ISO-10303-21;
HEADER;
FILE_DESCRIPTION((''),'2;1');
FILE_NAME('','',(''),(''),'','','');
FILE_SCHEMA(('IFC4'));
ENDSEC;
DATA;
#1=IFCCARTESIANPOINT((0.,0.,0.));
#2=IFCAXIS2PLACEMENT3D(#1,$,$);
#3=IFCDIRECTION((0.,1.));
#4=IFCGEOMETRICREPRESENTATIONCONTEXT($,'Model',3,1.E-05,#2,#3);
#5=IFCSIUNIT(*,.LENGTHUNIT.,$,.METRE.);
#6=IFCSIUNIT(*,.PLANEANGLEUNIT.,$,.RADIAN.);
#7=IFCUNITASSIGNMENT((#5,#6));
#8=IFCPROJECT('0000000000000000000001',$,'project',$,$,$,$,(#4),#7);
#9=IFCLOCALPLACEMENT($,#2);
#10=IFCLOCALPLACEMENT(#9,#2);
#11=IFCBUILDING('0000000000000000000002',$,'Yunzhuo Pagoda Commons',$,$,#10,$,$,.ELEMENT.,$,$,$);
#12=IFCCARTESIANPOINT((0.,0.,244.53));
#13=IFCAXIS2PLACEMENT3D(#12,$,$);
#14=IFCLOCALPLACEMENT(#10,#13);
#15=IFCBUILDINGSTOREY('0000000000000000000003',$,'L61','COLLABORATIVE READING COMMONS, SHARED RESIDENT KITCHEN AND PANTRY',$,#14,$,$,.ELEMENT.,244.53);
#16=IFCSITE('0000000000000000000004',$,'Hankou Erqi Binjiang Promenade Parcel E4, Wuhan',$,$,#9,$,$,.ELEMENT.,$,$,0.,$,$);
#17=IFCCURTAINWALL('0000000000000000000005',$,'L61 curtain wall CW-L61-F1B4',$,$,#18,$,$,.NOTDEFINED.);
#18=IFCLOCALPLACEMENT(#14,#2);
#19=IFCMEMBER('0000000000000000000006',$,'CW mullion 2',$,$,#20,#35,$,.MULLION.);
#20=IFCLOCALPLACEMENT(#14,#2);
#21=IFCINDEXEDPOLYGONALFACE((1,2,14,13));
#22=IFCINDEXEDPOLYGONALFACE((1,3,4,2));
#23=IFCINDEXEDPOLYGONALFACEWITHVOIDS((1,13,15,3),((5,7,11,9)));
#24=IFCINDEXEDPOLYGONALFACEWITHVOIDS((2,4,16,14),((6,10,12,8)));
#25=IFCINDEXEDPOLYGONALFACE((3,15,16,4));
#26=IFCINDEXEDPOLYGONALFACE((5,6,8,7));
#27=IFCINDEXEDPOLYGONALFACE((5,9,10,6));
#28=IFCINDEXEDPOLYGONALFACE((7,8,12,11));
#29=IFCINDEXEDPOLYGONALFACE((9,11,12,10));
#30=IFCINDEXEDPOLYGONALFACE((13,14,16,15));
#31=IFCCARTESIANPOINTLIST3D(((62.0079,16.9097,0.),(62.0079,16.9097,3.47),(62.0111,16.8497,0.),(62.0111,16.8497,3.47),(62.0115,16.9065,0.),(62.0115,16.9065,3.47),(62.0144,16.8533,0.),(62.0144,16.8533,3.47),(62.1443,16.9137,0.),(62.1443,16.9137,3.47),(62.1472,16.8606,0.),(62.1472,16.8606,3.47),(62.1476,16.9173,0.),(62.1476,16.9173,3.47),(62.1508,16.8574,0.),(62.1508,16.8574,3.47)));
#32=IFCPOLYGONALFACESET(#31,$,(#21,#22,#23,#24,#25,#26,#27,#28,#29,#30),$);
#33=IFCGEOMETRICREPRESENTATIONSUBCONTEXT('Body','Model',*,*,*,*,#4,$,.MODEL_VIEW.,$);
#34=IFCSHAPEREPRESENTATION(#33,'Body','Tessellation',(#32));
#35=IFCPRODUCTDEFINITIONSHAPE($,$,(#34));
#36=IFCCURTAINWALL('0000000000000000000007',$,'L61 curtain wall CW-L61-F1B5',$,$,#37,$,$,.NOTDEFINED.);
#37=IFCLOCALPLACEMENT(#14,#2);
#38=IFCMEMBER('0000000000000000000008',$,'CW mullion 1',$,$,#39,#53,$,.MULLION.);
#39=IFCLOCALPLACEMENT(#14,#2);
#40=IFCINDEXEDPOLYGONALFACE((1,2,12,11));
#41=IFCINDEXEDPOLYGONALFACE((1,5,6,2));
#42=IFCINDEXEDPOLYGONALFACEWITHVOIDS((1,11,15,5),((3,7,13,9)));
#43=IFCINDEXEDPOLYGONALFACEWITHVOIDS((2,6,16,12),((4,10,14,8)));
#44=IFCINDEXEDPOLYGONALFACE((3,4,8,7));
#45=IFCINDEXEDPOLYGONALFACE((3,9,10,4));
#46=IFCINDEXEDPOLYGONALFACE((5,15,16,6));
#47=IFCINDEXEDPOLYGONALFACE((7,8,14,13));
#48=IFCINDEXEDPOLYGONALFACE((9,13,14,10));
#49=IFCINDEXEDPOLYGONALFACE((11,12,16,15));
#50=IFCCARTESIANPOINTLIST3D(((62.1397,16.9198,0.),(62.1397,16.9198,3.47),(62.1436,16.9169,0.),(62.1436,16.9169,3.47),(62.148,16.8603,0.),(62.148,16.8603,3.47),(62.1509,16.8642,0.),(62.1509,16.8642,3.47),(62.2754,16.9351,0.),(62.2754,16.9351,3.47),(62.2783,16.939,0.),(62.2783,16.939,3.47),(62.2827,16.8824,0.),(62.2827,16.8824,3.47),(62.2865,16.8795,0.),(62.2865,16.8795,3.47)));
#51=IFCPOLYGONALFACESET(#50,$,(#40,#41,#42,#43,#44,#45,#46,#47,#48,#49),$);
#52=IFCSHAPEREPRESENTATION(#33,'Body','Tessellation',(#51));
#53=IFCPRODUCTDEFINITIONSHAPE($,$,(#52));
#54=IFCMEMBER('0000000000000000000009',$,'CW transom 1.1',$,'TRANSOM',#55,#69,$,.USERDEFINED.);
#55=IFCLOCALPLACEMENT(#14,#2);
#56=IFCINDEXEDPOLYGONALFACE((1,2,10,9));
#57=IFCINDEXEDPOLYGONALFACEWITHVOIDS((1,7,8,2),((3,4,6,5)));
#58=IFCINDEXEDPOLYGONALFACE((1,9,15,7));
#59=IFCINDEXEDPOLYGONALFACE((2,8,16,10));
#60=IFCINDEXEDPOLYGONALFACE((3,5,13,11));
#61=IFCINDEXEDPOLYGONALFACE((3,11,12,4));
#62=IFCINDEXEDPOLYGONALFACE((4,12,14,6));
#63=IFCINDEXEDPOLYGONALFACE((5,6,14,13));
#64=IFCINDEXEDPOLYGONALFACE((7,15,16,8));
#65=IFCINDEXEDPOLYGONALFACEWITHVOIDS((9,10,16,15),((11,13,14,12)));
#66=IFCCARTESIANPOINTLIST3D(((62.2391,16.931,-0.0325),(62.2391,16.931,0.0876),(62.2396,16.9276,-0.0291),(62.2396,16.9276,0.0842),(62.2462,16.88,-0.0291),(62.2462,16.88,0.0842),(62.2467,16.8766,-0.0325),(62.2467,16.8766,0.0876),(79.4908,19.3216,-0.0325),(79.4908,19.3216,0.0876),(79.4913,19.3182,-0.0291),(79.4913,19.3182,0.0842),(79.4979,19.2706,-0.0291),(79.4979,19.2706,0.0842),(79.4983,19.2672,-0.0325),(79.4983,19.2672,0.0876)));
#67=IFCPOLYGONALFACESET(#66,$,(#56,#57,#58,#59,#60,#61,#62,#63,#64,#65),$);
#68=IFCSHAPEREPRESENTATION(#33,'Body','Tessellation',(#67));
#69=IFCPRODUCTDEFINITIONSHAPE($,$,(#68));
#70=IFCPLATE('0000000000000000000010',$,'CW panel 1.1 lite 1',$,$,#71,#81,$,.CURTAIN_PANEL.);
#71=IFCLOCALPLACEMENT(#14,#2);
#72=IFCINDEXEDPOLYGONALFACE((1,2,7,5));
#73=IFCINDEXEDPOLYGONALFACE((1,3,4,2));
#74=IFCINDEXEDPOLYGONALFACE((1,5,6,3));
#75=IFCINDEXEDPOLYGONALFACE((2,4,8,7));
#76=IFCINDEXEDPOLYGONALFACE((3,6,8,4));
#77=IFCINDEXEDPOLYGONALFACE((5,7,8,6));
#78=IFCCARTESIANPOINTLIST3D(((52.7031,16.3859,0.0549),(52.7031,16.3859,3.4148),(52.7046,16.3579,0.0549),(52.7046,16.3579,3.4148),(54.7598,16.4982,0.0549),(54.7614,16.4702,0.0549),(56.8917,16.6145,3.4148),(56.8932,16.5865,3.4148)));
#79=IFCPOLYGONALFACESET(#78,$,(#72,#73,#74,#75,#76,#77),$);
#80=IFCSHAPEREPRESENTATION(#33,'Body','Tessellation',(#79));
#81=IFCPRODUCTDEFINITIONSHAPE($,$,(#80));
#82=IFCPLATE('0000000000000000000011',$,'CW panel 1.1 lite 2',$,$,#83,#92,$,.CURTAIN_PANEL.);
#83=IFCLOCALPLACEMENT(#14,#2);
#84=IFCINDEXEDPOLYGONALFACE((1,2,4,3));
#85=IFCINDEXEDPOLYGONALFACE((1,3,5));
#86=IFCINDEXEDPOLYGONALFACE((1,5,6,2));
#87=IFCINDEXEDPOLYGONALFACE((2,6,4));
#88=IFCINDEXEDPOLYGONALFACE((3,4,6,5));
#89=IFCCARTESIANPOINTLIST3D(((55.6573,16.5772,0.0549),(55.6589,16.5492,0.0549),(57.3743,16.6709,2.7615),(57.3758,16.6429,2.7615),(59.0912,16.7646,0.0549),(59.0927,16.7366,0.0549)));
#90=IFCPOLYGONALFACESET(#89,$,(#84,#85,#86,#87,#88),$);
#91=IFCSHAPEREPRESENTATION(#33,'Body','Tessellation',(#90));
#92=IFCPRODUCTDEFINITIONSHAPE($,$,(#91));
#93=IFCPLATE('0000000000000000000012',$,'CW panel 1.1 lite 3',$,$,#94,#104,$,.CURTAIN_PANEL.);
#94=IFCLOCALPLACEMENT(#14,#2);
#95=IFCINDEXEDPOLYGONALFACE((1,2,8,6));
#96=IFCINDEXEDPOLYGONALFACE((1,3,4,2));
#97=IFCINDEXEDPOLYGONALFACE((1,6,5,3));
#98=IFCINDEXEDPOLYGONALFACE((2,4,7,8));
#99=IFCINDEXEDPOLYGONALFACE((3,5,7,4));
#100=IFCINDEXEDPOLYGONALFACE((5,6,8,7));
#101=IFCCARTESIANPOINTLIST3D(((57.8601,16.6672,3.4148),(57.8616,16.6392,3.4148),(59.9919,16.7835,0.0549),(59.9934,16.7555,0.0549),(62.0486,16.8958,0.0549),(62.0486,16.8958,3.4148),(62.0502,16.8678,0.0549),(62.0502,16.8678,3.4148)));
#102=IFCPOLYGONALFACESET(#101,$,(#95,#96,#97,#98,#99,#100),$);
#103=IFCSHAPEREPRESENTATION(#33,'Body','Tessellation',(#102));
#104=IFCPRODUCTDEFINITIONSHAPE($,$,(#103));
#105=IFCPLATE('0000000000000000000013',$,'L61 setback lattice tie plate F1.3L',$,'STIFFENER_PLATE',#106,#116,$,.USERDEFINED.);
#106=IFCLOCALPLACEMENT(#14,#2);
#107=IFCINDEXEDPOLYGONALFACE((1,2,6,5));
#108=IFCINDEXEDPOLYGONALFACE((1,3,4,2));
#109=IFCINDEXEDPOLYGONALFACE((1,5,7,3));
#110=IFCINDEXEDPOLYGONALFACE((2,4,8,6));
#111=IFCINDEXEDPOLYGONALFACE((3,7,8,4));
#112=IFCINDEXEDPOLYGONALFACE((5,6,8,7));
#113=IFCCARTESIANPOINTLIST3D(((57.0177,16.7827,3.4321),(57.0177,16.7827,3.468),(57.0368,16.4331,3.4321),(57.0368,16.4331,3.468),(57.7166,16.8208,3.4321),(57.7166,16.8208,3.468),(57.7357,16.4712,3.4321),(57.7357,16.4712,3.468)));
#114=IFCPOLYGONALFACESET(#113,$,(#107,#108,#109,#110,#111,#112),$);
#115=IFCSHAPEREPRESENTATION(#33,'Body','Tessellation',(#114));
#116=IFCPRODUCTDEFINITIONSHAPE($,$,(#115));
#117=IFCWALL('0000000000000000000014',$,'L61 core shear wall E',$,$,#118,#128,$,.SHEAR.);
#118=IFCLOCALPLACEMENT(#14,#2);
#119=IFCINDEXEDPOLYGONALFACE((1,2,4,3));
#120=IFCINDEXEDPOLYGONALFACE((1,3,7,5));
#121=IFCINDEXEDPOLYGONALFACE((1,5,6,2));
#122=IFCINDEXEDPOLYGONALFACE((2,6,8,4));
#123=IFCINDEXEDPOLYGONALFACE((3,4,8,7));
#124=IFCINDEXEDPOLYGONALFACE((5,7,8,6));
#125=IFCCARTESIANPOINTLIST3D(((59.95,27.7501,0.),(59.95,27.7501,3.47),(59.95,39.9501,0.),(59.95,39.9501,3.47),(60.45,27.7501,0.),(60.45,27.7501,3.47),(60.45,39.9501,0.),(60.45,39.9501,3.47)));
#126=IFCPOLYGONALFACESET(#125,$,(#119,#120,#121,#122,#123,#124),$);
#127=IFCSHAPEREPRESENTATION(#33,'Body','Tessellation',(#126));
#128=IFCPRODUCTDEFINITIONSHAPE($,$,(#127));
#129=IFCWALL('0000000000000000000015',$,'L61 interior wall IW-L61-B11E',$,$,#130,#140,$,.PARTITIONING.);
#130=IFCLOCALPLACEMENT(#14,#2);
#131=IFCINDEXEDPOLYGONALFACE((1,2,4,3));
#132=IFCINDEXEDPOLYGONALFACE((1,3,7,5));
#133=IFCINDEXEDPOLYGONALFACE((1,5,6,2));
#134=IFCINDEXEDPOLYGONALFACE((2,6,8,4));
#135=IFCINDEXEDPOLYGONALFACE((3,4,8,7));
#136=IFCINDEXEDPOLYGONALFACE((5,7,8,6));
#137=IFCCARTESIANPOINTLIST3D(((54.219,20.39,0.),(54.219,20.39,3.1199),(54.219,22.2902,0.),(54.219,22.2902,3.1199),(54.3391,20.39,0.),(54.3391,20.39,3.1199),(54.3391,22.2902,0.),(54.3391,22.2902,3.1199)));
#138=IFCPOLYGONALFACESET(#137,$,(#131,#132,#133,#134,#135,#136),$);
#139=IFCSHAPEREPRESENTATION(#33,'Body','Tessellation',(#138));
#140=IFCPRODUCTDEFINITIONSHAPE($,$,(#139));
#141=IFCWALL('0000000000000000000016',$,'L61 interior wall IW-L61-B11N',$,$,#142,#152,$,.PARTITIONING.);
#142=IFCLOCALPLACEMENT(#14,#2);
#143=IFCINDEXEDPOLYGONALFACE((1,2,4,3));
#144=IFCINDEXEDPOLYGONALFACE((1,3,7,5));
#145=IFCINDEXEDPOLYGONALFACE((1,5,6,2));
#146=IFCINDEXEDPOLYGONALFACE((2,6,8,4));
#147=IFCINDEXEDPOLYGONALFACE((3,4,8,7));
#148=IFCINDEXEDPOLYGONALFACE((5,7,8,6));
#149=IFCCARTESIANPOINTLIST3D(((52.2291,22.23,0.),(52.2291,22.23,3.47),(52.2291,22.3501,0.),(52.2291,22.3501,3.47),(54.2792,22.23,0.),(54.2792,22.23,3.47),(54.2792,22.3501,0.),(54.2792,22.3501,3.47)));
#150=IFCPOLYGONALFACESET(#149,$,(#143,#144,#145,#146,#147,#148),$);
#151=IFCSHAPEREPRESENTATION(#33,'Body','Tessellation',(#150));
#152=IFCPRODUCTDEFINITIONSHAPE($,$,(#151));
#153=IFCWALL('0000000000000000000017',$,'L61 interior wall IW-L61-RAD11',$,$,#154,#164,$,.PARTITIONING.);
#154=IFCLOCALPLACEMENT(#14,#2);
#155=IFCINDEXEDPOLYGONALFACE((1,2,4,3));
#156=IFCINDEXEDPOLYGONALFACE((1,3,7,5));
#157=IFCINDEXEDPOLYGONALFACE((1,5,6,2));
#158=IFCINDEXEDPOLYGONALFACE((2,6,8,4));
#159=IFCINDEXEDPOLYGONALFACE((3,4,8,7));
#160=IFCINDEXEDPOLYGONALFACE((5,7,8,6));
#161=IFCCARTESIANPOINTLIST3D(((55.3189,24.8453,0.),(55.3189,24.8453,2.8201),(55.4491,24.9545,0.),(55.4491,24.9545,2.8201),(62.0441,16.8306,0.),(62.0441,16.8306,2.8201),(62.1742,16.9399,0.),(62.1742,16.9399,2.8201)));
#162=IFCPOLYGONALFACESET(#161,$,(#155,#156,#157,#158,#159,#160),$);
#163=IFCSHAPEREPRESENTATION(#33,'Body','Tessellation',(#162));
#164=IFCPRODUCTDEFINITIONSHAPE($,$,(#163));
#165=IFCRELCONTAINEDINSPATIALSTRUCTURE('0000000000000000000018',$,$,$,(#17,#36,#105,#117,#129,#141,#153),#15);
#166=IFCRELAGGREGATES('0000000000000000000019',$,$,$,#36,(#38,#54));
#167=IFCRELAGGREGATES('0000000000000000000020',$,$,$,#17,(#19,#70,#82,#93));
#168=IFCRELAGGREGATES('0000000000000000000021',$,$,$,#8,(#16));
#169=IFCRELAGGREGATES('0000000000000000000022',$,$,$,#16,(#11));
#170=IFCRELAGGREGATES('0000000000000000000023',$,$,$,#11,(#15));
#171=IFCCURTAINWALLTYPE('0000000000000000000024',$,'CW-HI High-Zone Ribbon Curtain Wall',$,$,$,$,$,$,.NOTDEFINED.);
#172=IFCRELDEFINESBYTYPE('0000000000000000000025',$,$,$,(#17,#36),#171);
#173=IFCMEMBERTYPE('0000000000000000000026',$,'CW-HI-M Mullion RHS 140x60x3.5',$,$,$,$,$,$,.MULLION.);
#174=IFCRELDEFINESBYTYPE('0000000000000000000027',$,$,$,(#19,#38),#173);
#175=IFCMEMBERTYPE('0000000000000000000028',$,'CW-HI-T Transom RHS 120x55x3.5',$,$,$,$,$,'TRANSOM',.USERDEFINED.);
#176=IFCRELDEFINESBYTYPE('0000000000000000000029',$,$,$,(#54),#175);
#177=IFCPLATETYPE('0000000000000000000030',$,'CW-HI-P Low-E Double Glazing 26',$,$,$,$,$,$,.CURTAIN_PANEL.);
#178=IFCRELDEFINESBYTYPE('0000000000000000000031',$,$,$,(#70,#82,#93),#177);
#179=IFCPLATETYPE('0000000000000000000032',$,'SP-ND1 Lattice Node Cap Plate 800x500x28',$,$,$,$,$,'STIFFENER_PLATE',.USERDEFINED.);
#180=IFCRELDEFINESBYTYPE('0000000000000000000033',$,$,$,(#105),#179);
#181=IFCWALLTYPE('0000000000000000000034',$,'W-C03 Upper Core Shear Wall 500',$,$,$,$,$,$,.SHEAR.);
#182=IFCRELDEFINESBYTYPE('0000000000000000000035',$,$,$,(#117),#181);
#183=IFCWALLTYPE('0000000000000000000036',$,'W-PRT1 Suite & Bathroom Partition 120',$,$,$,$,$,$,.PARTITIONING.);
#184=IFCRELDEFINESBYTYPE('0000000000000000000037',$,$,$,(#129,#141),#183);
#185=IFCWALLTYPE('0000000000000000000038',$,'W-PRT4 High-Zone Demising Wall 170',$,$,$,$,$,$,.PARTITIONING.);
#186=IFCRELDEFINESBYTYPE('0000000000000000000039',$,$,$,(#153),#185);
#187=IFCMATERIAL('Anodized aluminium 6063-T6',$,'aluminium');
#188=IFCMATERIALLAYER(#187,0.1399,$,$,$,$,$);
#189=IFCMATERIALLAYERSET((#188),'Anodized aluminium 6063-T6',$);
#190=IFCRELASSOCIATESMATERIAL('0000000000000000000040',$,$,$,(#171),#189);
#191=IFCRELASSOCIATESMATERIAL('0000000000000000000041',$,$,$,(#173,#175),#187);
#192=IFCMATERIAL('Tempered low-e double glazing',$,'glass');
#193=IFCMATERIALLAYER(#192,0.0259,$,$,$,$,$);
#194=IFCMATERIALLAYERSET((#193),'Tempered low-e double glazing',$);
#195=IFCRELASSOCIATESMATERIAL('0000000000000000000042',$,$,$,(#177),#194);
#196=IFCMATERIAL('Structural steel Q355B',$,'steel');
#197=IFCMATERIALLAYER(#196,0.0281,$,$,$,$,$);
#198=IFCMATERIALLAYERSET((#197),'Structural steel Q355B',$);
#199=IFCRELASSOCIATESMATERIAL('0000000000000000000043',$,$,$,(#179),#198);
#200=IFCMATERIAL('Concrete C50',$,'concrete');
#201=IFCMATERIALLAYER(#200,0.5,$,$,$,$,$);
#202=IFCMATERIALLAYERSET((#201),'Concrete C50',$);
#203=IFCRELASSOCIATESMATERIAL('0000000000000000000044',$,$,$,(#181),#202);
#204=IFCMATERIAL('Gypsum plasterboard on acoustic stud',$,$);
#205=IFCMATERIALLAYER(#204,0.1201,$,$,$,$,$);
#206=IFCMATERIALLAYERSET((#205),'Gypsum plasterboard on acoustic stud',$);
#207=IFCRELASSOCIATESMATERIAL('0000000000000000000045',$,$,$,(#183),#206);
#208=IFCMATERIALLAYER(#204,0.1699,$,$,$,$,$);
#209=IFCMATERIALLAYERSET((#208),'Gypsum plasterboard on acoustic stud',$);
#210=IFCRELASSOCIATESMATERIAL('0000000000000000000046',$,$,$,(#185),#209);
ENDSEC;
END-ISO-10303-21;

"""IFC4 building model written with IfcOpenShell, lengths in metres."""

from ifc_helpers import new_model, si_unit, direction, frame, frame_2d, origin, origin_2d, place, context, subcontext, project, spatial, polyline, rectangle, hollow_rectangle, outline, extrude, source, transform, mapped, material, layer, layer_set, material_profile, profile_set, type_object, element, aggregate, save


model = new_model("IFC4")

# Units and contexts
model_context = context("Model", 3, precision=1e-05, world=origin(), true_north=direction((0.0, 1.0)))
body_context = subcontext(model_context, "Body", "Model", "MODEL_VIEW")
ifc_project = project(units=[si_unit("LENGTHUNIT", "METRE"), si_unit("PLANEANGLEUNIT", "RADIAN")], contexts=[model_context])

# Site, building, storey
site_placement = place(None, origin())
site = spatial("IfcSite", under=ifc_project, at=site_placement, Name="Hankou Erqi Binjiang Promenade Parcel E4, Wuhan", CompositionType="ELEMENT", RefElevation=0.0)
building_placement = place(site_placement, origin())
building = spatial("IfcBuilding", under=site, at=building_placement, Name="Yunzhuo Pagoda Commons", CompositionType="ELEMENT")
storey_placement = place(building_placement, frame((0.0, 0.0, 244.53)))
storey = spatial("IfcBuildingStorey", under=building, at=storey_placement, Name="L61", Description="COLLABORATIVE READING COMMONS, SHARED RESIDENT KITCHEN AND PANTRY", CompositionType="ELEMENT", Elevation=244.53)

# Shared definitions
ifc_material_1 = material(Name="Structural steel Q355B", Category="steel")

# Curtain wall, member
ifc_material_2 = material(Name="Anodized aluminium 6063-T6", Category="aluminium")
ifc_layer_1 = layer(ifc_material_2, 0.1399)
ifc_layer_set_1 = layer_set([ifc_layer_1], Name="Anodized aluminium 6063-T6")
curtain_wall_type = type_object("IfcCurtainWallType", Name="CW-HI High-Zone Ribbon Curtain Wall", PredefinedType="NOTDEFINED", material=ifc_layer_set_1)
curtain_wall_1_placement = place(storey_placement, origin())
curtain_wall_1 = element("IfcCurtainWall", 1, at=curtain_wall_1_placement, inside=storey, type_object=curtain_wall_type, Name="L61 curtain wall CW-L61-F1B4", PredefinedType="NOTDEFINED")
ifc_material_profile_1 = material_profile(ifc_material_2, hollow_rectangle(XDim=0.0601, YDim=0.1399, WallThickness=0.0034, at=origin_2d()), Name="Anodized aluminium 6063-T6")
ifc_profile_set_1 = profile_set([ifc_material_profile_1], Name="Anodized aluminium 6063-T6")
member_type_1 = type_object("IfcMemberType", Name="CW-HI-M Mullion RHS 140x60x3.5", PredefinedType="MULLION", material=ifc_profile_set_1)
shared_shape_1 = source(origin(), body_context, "Body", "SweptSolid", [
    extrude(hollow_rectangle(XDim=0.0601, YDim=0.1399, WallThickness=0.0034, at=origin_2d()), origin(), (0.0, 0.0, 1.0), 3.47),
])
member_1_placement = place(storey_placement, frame((62.0793, 16.8835, 0.0), z_axis=(0.0, 0.0, 1.0), x_axis=(-0.054497, 0.998514, 0.0)))
member_1 = element("IfcMember", 2, at=member_1_placement, type_object=member_type_1, Name="CW mullion 2", PredefinedType="MULLION", context=body_context, shape_type="MappedRepresentation", body=[
    mapped(shared_shape_1, transform((0.0, 0.0, 0.0), scale=1.0)),
])

# Curtain wall, members
curtain_wall_2_placement = place(storey_placement, origin())
curtain_wall_2 = element("IfcCurtainWall", 3, at=curtain_wall_2_placement, inside=storey, type_object=curtain_wall_type, Name="L61 curtain wall CW-L61-F1B5", PredefinedType="NOTDEFINED")
member_2_placement = place(storey_placement, frame((62.2131, 16.8997, 0.0), z_axis=(0.0, 0.0, 1.0), x_axis=(-0.13725, 0.990536, 0.0)))
member_2 = element("IfcMember", 4, at=member_2_placement, type_object=member_type_1, Name="CW mullion 1", PredefinedType="MULLION", context=body_context, shape_type="MappedRepresentation", body=[
    mapped(shared_shape_1, transform((0.0, 0.0, 0.0), scale=1.0)),
])
ifc_material_profile_2 = material_profile(ifc_material_2, hollow_rectangle(XDim=0.0549, YDim=0.1201, WallThickness=0.0034, at=origin_2d()), Name="Anodized aluminium 6063-T6")
ifc_profile_set_2 = profile_set([ifc_material_profile_2], Name="Anodized aluminium 6063-T6")
member_type_2 = type_object("IfcMemberType", Name="CW-HI-T Transom RHS 120x55x3.5", ElementType="TRANSOM", PredefinedType="USERDEFINED", material=ifc_profile_set_2)
shared_shape_2 = source(origin(), body_context, "Body", "SweptSolid", [
    extrude(hollow_rectangle(XDim=0.0549, YDim=0.1201, WallThickness=0.0034, at=origin_2d()), origin(), (0.0, 0.0, 1.0), 17.4165),
])
member_3_placement = place(storey_placement, frame((62.2429, 16.9038, 0.0276), z_axis=(0.990535, 0.137262, 0.0), x_axis=(-0.137262, 0.990535, 0.0)))
member_3 = element("IfcMember", 5, at=member_3_placement, type_object=member_type_2, Name="CW transom 1.1", ObjectType="TRANSOM", PredefinedType="USERDEFINED", context=body_context, shape_type="MappedRepresentation", body=[
    mapped(shared_shape_2, transform((0.0, 0.0, 0.0), scale=1.0)),
])
aggregate(curtain_wall_2, [member_2, member_3])

# Plates
ifc_material_3 = material(Name="Tempered low-e double glazing", Category="glass")
ifc_layer_2 = layer(ifc_material_3, 0.0259)
ifc_layer_set_2 = layer_set([ifc_layer_2], Name="Tempered low-e double glazing")
plate_type_1 = type_object("IfcPlateType", Name="CW-HI-P Low-E Double Glazing 26", PredefinedType="CURTAIN_PANEL", material=ifc_layer_set_2)
plate_1_placement = place(storey_placement, frame((54.7974, 16.5002, 1.7349), z_axis=(0.054497, -0.998514, 0.0), x_axis=(0.998514, 0.054497, 0.0)))
plate_1 = element("IfcPlate", 6, at=plate_1_placement, type_object=plate_type_1, Name="CW panel 1.1 lite 1", PredefinedType="CURTAIN_PANEL", context=body_context, shape_type="SweptSolid", body=[
    extrude(outline(polyline([(-2.0974, -1.6799), (-0.0376, -1.6799), (2.0974, 1.6799), (-2.0974, 1.6799), (-2.0974, -1.6799)])), origin(), (0.0, 0.0, 1.0), 0.0281),
])
plate_2_placement = place(storey_placement, frame((57.3743, 16.6709, 1.4082), z_axis=(0.054497, -0.998514, 0.0), x_axis=(0.998514, 0.054497, 0.0)))
plate_2 = element("IfcPlate", 7, at=plate_2_placement, type_object=plate_type_1, Name="CW panel 1.1 lite 2", PredefinedType="CURTAIN_PANEL", context=body_context, shape_type="SweptSolid", body=[
    extrude(outline(polyline([(-1.7195, -1.3533), (1.7195, -1.3533), (0.0, 1.3533), (-1.7195, -1.3533)])), origin(), (0.0, 0.0, 1.0), 0.0281),
])
plate_3_placement = place(storey_placement, frame((59.9543, 16.7815, 1.7349), z_axis=(0.054497, -0.998514, 0.0), x_axis=(0.998514, 0.054497, 0.0)))
plate_3 = element("IfcPlate", 8, at=plate_3_placement, type_object=plate_type_1, Name="CW panel 1.1 lite 3", PredefinedType="CURTAIN_PANEL", context=body_context, shape_type="SweptSolid", body=[
    extrude(outline(polyline([(-2.0974, 1.6799), (0.0376, -1.6799), (2.0974, -1.6799), (2.0974, 1.6799), (-2.0974, 1.6799)])), origin(), (0.0, 0.0, 1.0), 0.0281),
])
aggregate(curtain_wall_1, [member_1, plate_1, plate_2, plate_3])
ifc_layer_3 = layer(ifc_material_1, 0.0281)
ifc_layer_set_3 = layer_set([ifc_layer_3], Name="Structural steel Q355B")
plate_type_2 = type_object("IfcPlateType", Name="SP-ND1 Lattice Node Cap Plate 800x500x28", ElementType="STIFFENER_PLATE", PredefinedType="USERDEFINED", material=ifc_layer_set_3)
shared_shape_3 = source(origin(), body_context, "Body", "SweptSolid", [
    extrude(rectangle(XDim=0.7, YDim=0.3501, at=origin_2d()), origin(), (0.0, 0.0, 1.0), 0.0359),
])
plate_4_placement = place(storey_placement, frame((57.3767, 16.627, 3.4321), z_axis=(0.0, 0.0, 1.0), x_axis=(0.998514, 0.054497, 0.0)))
element("IfcPlate", 9, at=plate_4_placement, inside=storey, type_object=plate_type_2, Name="L61 setback lattice tie plate F1.3L", ObjectType="STIFFENER_PLATE", PredefinedType="USERDEFINED", context=body_context, shape_type="MappedRepresentation", body=[
    mapped(shared_shape_3, transform((0.0, 0.0, 0.0), scale=1.0)),
])

# Wall
ifc_material_4 = material(Name="Concrete C50", Category="concrete")
ifc_layer_4 = layer(ifc_material_4, 0.5)
ifc_layer_set_4 = layer_set([ifc_layer_4], Name="Concrete C50")
wall_type_1 = type_object("IfcWallType", Name="W-C03 Upper Core Shear Wall 500", PredefinedType="SHEAR", material=ifc_layer_set_4)
wall_1_placement = place(storey_placement, frame((60.2, 27.75, 0.0), z_axis=(0.0, 0.0, 1.0), x_axis=(0.0, 1.0, 0.0)))
element("IfcWall", 10, at=wall_1_placement, inside=storey, type_object=wall_type_1, Name="L61 core shear wall E", PredefinedType="SHEAR", context=body_context, shape_type="SweptSolid", body=[
    extrude(rectangle(XDim=12.2, YDim=0.5, at=frame_2d((6.1001, 0.0))), origin(), (0.0, 0.0, 1.0), 3.47),
])

# Shared definitions
ifc_material_5 = material(Name="Gypsum plasterboard on acoustic stud")

# Walls
ifc_layer_5 = layer(ifc_material_5, 0.1201)
ifc_layer_set_5 = layer_set([ifc_layer_5], Name="Gypsum plasterboard on acoustic stud")
wall_type_2 = type_object("IfcWallType", Name="W-PRT1 Suite & Bathroom Partition 120", PredefinedType="PARTITIONING", material=ifc_layer_set_5)
wall_2_placement = place(storey_placement, frame((54.2791, 20.3899, 0.0), z_axis=(0.0, 0.0, 1.0), x_axis=(0.0, 1.0, 0.0)))
element("IfcWall", 11, at=wall_2_placement, inside=storey, type_object=wall_type_2, Name="L61 interior wall IW-L61-B11E", PredefinedType="PARTITIONING", context=body_context, shape_type="SweptSolid", body=[
    extrude(rectangle(XDim=1.9001, YDim=0.1201, at=frame_2d((0.9502, 0.0))), origin(), (0.0, 0.0, 1.0), 3.1199),
])
wall_3_placement = place(storey_placement, frame((54.2791, 22.29, 0.0), z_axis=(0.0, 0.0, 1.0), x_axis=(-1.0, 0.0, 0.0)))
element("IfcWall", 12, at=wall_3_placement, inside=storey, type_object=wall_type_2, Name="L61 interior wall IW-L61-B11N", PredefinedType="PARTITIONING", context=body_context, shape_type="SweptSolid", body=[
    extrude(rectangle(XDim=2.05, YDim=0.1201, at=frame_2d((1.0249, 0.0))), origin(), (0.0, 0.0, 1.0), 3.47),
])
ifc_layer_6 = layer(ifc_material_5, 0.1699)
ifc_layer_set_6 = layer_set([ifc_layer_6], Name="Gypsum plasterboard on acoustic stud")
wall_type_3 = type_object("IfcWallType", Name="W-PRT4 High-Zone Demising Wall 170", PredefinedType="PARTITIONING", material=ifc_layer_set_6)
wall_4_placement = place(storey_placement, frame((55.384, 24.8999, 0.0), z_axis=(0.0, 0.0, 1.0), x_axis=(0.642788, -0.766044, 0.0)))
element("IfcWall", 13, at=wall_4_placement, inside=storey, type_object=wall_type_3, Name="L61 interior wall IW-L61-RAD11", PredefinedType="PARTITIONING", context=body_context, shape_type="SweptSolid", body=[
    extrude(rectangle(XDim=10.4624, YDim=0.1699, at=frame_2d((5.2312, 0.0))), origin(), (0.0, 0.0, 1.0), 2.8201),
])

save(model, "model.ifc")
